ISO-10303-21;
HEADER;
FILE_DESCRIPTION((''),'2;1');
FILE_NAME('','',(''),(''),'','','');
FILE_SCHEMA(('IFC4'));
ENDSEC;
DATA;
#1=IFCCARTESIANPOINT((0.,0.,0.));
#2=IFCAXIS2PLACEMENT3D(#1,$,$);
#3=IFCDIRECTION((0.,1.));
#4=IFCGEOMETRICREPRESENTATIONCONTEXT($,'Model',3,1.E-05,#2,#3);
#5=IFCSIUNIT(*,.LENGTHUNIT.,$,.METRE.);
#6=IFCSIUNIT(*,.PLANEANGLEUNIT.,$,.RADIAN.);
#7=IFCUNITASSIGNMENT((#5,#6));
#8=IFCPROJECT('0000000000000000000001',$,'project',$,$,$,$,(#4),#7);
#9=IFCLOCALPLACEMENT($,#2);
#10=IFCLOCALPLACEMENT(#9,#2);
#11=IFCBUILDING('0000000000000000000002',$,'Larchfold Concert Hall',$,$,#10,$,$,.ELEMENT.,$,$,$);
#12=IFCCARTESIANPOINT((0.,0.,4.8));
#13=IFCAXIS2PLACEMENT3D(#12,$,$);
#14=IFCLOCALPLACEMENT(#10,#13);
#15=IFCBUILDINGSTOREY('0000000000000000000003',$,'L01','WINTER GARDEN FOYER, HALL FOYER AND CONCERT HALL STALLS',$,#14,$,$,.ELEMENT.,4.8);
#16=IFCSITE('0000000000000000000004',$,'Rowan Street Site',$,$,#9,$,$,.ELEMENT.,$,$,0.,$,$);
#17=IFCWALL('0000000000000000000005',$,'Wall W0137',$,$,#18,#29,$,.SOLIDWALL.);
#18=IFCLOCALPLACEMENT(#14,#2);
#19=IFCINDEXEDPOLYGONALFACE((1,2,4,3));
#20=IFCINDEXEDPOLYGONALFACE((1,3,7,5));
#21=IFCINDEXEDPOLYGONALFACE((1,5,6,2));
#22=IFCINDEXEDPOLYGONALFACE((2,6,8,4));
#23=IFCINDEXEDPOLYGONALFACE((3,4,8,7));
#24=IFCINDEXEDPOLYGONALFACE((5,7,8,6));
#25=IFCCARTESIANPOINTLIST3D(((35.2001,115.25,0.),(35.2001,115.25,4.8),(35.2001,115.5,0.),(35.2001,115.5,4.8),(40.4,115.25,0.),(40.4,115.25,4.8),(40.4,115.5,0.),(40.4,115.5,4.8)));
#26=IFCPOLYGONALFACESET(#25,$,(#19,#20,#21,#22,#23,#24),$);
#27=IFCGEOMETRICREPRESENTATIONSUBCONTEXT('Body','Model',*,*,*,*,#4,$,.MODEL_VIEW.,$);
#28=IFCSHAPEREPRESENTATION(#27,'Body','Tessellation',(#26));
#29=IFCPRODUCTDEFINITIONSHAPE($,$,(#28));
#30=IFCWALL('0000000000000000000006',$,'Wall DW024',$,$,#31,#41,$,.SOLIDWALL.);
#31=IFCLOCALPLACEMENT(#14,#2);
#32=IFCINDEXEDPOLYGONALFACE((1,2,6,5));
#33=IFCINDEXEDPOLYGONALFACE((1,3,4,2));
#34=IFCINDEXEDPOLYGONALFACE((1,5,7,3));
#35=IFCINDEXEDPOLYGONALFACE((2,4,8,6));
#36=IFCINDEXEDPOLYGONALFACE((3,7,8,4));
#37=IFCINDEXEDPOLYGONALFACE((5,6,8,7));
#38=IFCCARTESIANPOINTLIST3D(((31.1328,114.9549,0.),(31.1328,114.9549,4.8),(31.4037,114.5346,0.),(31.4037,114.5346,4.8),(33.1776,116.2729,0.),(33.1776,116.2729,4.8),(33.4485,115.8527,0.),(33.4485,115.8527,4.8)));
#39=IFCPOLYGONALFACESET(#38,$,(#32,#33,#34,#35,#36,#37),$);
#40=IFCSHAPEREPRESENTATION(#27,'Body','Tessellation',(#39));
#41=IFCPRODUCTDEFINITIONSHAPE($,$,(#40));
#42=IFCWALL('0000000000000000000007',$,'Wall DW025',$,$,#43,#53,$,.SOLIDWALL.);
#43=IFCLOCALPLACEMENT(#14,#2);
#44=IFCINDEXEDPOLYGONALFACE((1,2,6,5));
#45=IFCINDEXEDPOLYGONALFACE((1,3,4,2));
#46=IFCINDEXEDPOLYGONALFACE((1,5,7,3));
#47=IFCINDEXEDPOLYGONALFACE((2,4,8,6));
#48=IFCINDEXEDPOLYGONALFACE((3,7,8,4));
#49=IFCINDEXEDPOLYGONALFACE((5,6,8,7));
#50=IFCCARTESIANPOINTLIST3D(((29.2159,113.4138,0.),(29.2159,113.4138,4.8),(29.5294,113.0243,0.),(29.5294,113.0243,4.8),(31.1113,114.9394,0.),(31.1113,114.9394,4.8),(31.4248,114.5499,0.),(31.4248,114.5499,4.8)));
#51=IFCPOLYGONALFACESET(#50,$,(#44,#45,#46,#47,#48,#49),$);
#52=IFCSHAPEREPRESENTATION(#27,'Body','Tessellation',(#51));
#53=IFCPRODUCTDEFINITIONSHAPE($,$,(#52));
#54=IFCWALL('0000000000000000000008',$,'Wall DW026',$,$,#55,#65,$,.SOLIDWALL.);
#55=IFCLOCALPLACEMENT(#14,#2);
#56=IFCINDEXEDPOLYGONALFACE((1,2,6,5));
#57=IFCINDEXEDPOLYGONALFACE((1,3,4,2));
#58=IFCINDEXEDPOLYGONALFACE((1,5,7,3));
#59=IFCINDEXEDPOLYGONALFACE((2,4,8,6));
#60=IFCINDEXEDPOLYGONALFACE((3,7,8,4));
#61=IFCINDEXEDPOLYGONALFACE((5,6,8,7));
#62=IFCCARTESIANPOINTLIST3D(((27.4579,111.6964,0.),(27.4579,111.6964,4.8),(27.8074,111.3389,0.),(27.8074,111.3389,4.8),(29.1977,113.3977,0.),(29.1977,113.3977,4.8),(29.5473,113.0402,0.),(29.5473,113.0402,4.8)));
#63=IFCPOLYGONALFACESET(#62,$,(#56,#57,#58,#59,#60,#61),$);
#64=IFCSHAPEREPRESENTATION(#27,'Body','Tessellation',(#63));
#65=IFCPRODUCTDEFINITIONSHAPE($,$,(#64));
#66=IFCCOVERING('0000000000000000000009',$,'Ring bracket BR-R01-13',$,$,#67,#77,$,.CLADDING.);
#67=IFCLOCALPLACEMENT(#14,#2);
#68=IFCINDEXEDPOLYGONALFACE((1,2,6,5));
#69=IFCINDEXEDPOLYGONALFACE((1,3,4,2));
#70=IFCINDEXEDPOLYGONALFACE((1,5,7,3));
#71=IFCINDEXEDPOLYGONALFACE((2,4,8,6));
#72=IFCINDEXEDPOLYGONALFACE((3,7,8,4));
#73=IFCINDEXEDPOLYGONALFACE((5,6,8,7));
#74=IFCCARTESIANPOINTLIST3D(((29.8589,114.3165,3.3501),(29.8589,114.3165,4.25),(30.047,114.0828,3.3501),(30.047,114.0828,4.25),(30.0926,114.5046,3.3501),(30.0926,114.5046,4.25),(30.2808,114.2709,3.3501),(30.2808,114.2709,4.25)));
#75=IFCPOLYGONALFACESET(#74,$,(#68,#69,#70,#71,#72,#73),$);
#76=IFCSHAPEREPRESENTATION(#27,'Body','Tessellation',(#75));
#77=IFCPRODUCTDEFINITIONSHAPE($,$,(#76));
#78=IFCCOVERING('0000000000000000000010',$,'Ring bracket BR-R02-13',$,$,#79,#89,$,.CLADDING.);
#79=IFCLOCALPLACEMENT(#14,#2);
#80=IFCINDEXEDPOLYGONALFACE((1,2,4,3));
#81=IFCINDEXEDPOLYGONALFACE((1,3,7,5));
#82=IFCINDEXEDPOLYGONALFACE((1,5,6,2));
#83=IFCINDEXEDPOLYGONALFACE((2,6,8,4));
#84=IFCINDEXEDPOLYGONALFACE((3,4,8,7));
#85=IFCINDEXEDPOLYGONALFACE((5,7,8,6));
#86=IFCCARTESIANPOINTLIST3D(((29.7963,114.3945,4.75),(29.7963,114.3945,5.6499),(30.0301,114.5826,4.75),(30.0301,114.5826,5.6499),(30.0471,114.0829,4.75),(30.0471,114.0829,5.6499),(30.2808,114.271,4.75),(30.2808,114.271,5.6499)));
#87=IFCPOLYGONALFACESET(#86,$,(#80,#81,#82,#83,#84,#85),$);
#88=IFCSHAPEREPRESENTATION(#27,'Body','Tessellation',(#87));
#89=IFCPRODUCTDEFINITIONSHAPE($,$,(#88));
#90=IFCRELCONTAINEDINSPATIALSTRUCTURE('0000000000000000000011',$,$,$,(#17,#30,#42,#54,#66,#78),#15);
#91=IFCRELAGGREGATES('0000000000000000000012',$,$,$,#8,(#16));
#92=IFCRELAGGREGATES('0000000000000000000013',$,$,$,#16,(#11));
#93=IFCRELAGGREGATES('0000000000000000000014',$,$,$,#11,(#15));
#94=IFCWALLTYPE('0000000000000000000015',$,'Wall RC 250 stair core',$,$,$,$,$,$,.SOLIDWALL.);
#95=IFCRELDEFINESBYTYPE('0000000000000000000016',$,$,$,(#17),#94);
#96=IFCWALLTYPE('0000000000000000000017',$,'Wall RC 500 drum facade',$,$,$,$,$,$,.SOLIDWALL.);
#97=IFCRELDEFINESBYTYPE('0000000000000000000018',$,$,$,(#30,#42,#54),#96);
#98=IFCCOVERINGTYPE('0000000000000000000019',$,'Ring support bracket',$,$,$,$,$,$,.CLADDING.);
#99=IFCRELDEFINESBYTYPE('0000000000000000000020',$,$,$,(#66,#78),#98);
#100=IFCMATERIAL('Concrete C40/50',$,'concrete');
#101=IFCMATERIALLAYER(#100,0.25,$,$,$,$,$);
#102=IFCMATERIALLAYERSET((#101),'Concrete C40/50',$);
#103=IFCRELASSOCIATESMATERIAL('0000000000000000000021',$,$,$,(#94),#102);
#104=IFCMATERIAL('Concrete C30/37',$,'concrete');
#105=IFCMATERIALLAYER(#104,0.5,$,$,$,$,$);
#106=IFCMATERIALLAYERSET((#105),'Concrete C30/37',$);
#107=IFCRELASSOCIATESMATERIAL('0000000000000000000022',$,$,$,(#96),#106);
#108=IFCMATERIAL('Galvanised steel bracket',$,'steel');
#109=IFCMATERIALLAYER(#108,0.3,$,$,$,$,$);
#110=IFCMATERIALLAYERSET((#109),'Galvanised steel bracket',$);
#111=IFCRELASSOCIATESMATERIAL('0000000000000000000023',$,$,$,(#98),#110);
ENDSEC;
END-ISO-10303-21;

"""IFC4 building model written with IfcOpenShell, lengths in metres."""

from ifc_helpers import new_model, si_unit, direction, frame, frame_2d, origin, origin_2d, place, context, subcontext, project, spatial, rectangle, extrude, material, layer, layer_set, type_object, element, save


model = new_model("IFC4")

# Units and contexts
model_context = context("Model", 3, precision=1e-05, world=origin(), true_north=direction((0.0, 1.0)))
body_context = subcontext(model_context, "Body", "Model", "MODEL_VIEW")
ifc_project = project(units=[si_unit("LENGTHUNIT", "METRE"), si_unit("PLANEANGLEUNIT", "RADIAN")], contexts=[model_context])

# Site, building, storey
site_placement = place(None, origin())
site = spatial("IfcSite", under=ifc_project, at=site_placement, Name="Rowan Street Site", CompositionType="ELEMENT", RefElevation=0.0)
building_placement = place(site_placement, origin())
building = spatial("IfcBuilding", under=site, at=building_placement, Name="Larchfold Concert Hall", CompositionType="ELEMENT")
storey_placement = place(building_placement, frame((0.0, 0.0, 4.8)))
storey = spatial("IfcBuildingStorey", under=building, at=storey_placement, Name="L01", Description="WINTER GARDEN FOYER, HALL FOYER AND CONCERT HALL STALLS", CompositionType="ELEMENT", Elevation=4.8)

# Walls
ifc_material_1 = material(Name="Concrete C40/50", Category="concrete")
ifc_layer_1 = layer(ifc_material_1, 0.25)
ifc_layer_set_1 = layer_set([ifc_layer_1], Name="Concrete C40/50")
wall_type_1 = type_object("IfcWallType", Name="Wall RC 250 stair core", PredefinedType="SOLIDWALL", material=ifc_layer_set_1)
wall_1_placement = place(storey_placement, frame((35.2, 115.375, 0.0), z_axis=(0.0, 0.0, 1.0), x_axis=(1.0, 0.0, 0.0)))
element("IfcWall", 1, at=wall_1_placement, inside=storey, type_object=wall_type_1, Name="Wall W0137", PredefinedType="SOLIDWALL", context=body_context, shape_type="SweptSolid", body=[
    extrude(rectangle(XDim=5.2, YDim=0.25, at=frame_2d((2.6001, 0.0))), origin(), (0.0, 0.0, 1.0), 4.8),
])
ifc_material_2 = material(Name="Concrete C30/37", Category="concrete")
ifc_layer_2 = layer(ifc_material_2, 0.5)
ifc_layer_set_2 = layer_set([ifc_layer_2], Name="Concrete C30/37")
wall_type_2 = type_object("IfcWallType", Name="Wall RC 500 drum facade", PredefinedType="SOLIDWALL", material=ifc_layer_set_2)
wall_2_placement = place(storey_placement, frame((33.313, 116.0627, 0.0), z_axis=(0.0, 0.0, 1.0), x_axis=(-0.840519, -0.541782, 0.0)))
element("IfcWall", 2, at=wall_2_placement, inside=storey, type_object=wall_type_2, Name="Wall DW024", PredefinedType="SOLIDWALL", context=body_context, shape_type="SweptSolid", body=[
    extrude(rectangle(XDim=2.4329, YDim=0.5, at=frame_2d((1.2163, 0.0))), origin(), (0.0, 0.0, 1.0), 4.8),
])
wall_3_placement = place(storey_placement, frame((31.2681, 114.7446, 0.0), z_axis=(0.0, 0.0, 1.0), x_axis=(-0.779015, -0.627005, 0.0)))
element("IfcWall", 3, at=wall_3_placement, inside=storey, type_object=wall_type_2, Name="Wall DW025", PredefinedType="SOLIDWALL", context=body_context, shape_type="SweptSolid", body=[
    extrude(rectangle(XDim=2.4331, YDim=0.5, at=frame_2d((1.2166, 0.0))), origin(), (0.0, 0.0, 1.0), 4.8),
])
wall_4_placement = place(storey_placement, frame((29.3726, 113.219, 0.0), z_axis=(0.0, 0.0, 1.0), x_axis=(-0.714989, -0.699136, 0.0)))
element("IfcWall", 4, at=wall_4_placement, inside=storey, type_object=wall_type_2, Name="Wall DW026", PredefinedType="SOLIDWALL", context=body_context, shape_type="SweptSolid", body=[
    extrude(rectangle(XDim=2.4333, YDim=0.5, at=frame_2d((1.2168, 0.0))), origin(), (0.0, 0.0, 1.0), 4.8),
])

# Coverings
ifc_material_3 = material(Name="Galvanised steel bracket", Category="steel")
ifc_layer_3 = layer(ifc_material_3, 0.3)
ifc_layer_set_3 = layer_set([ifc_layer_3], Name="Galvanised steel bracket")
covering_type = type_object("IfcCoveringType", Name="Ring support bracket", PredefinedType="CLADDING", material=ifc_layer_set_3)
covering_1_placement = place(storey_placement, frame((30.0698, 114.2937, 3.3501), z_axis=(0.0, 0.0, 1.0), x_axis=(-0.626933, 0.779073, 0.0)))
element("IfcCovering", 5, at=covering_1_placement, inside=storey, type_object=covering_type, Name="Ring bracket BR-R01-13", PredefinedType="CLADDING", context=body_context, shape_type="SweptSolid", body=[
    extrude(rectangle(XDim=0.3, YDim=0.3, at=origin_2d()), origin(), (0.0, 0.0, 1.0), 0.8999),
])
covering_2_placement = place(storey_placement, frame((30.0386, 114.3328, 4.75), z_axis=(0.0, 0.0, 1.0), x_axis=(-0.626933, 0.779073, 0.0)))
element("IfcCovering", 6, at=covering_2_placement, inside=storey, type_object=covering_type, Name="Ring bracket BR-R02-13", PredefinedType="CLADDING", context=body_context, shape_type="SweptSolid", body=[
    extrude(rectangle(XDim=0.3999, YDim=0.3, at=origin_2d()), origin(), (0.0, 0.0, 1.0), 0.8999),
])

save(model, "model.ifc")
